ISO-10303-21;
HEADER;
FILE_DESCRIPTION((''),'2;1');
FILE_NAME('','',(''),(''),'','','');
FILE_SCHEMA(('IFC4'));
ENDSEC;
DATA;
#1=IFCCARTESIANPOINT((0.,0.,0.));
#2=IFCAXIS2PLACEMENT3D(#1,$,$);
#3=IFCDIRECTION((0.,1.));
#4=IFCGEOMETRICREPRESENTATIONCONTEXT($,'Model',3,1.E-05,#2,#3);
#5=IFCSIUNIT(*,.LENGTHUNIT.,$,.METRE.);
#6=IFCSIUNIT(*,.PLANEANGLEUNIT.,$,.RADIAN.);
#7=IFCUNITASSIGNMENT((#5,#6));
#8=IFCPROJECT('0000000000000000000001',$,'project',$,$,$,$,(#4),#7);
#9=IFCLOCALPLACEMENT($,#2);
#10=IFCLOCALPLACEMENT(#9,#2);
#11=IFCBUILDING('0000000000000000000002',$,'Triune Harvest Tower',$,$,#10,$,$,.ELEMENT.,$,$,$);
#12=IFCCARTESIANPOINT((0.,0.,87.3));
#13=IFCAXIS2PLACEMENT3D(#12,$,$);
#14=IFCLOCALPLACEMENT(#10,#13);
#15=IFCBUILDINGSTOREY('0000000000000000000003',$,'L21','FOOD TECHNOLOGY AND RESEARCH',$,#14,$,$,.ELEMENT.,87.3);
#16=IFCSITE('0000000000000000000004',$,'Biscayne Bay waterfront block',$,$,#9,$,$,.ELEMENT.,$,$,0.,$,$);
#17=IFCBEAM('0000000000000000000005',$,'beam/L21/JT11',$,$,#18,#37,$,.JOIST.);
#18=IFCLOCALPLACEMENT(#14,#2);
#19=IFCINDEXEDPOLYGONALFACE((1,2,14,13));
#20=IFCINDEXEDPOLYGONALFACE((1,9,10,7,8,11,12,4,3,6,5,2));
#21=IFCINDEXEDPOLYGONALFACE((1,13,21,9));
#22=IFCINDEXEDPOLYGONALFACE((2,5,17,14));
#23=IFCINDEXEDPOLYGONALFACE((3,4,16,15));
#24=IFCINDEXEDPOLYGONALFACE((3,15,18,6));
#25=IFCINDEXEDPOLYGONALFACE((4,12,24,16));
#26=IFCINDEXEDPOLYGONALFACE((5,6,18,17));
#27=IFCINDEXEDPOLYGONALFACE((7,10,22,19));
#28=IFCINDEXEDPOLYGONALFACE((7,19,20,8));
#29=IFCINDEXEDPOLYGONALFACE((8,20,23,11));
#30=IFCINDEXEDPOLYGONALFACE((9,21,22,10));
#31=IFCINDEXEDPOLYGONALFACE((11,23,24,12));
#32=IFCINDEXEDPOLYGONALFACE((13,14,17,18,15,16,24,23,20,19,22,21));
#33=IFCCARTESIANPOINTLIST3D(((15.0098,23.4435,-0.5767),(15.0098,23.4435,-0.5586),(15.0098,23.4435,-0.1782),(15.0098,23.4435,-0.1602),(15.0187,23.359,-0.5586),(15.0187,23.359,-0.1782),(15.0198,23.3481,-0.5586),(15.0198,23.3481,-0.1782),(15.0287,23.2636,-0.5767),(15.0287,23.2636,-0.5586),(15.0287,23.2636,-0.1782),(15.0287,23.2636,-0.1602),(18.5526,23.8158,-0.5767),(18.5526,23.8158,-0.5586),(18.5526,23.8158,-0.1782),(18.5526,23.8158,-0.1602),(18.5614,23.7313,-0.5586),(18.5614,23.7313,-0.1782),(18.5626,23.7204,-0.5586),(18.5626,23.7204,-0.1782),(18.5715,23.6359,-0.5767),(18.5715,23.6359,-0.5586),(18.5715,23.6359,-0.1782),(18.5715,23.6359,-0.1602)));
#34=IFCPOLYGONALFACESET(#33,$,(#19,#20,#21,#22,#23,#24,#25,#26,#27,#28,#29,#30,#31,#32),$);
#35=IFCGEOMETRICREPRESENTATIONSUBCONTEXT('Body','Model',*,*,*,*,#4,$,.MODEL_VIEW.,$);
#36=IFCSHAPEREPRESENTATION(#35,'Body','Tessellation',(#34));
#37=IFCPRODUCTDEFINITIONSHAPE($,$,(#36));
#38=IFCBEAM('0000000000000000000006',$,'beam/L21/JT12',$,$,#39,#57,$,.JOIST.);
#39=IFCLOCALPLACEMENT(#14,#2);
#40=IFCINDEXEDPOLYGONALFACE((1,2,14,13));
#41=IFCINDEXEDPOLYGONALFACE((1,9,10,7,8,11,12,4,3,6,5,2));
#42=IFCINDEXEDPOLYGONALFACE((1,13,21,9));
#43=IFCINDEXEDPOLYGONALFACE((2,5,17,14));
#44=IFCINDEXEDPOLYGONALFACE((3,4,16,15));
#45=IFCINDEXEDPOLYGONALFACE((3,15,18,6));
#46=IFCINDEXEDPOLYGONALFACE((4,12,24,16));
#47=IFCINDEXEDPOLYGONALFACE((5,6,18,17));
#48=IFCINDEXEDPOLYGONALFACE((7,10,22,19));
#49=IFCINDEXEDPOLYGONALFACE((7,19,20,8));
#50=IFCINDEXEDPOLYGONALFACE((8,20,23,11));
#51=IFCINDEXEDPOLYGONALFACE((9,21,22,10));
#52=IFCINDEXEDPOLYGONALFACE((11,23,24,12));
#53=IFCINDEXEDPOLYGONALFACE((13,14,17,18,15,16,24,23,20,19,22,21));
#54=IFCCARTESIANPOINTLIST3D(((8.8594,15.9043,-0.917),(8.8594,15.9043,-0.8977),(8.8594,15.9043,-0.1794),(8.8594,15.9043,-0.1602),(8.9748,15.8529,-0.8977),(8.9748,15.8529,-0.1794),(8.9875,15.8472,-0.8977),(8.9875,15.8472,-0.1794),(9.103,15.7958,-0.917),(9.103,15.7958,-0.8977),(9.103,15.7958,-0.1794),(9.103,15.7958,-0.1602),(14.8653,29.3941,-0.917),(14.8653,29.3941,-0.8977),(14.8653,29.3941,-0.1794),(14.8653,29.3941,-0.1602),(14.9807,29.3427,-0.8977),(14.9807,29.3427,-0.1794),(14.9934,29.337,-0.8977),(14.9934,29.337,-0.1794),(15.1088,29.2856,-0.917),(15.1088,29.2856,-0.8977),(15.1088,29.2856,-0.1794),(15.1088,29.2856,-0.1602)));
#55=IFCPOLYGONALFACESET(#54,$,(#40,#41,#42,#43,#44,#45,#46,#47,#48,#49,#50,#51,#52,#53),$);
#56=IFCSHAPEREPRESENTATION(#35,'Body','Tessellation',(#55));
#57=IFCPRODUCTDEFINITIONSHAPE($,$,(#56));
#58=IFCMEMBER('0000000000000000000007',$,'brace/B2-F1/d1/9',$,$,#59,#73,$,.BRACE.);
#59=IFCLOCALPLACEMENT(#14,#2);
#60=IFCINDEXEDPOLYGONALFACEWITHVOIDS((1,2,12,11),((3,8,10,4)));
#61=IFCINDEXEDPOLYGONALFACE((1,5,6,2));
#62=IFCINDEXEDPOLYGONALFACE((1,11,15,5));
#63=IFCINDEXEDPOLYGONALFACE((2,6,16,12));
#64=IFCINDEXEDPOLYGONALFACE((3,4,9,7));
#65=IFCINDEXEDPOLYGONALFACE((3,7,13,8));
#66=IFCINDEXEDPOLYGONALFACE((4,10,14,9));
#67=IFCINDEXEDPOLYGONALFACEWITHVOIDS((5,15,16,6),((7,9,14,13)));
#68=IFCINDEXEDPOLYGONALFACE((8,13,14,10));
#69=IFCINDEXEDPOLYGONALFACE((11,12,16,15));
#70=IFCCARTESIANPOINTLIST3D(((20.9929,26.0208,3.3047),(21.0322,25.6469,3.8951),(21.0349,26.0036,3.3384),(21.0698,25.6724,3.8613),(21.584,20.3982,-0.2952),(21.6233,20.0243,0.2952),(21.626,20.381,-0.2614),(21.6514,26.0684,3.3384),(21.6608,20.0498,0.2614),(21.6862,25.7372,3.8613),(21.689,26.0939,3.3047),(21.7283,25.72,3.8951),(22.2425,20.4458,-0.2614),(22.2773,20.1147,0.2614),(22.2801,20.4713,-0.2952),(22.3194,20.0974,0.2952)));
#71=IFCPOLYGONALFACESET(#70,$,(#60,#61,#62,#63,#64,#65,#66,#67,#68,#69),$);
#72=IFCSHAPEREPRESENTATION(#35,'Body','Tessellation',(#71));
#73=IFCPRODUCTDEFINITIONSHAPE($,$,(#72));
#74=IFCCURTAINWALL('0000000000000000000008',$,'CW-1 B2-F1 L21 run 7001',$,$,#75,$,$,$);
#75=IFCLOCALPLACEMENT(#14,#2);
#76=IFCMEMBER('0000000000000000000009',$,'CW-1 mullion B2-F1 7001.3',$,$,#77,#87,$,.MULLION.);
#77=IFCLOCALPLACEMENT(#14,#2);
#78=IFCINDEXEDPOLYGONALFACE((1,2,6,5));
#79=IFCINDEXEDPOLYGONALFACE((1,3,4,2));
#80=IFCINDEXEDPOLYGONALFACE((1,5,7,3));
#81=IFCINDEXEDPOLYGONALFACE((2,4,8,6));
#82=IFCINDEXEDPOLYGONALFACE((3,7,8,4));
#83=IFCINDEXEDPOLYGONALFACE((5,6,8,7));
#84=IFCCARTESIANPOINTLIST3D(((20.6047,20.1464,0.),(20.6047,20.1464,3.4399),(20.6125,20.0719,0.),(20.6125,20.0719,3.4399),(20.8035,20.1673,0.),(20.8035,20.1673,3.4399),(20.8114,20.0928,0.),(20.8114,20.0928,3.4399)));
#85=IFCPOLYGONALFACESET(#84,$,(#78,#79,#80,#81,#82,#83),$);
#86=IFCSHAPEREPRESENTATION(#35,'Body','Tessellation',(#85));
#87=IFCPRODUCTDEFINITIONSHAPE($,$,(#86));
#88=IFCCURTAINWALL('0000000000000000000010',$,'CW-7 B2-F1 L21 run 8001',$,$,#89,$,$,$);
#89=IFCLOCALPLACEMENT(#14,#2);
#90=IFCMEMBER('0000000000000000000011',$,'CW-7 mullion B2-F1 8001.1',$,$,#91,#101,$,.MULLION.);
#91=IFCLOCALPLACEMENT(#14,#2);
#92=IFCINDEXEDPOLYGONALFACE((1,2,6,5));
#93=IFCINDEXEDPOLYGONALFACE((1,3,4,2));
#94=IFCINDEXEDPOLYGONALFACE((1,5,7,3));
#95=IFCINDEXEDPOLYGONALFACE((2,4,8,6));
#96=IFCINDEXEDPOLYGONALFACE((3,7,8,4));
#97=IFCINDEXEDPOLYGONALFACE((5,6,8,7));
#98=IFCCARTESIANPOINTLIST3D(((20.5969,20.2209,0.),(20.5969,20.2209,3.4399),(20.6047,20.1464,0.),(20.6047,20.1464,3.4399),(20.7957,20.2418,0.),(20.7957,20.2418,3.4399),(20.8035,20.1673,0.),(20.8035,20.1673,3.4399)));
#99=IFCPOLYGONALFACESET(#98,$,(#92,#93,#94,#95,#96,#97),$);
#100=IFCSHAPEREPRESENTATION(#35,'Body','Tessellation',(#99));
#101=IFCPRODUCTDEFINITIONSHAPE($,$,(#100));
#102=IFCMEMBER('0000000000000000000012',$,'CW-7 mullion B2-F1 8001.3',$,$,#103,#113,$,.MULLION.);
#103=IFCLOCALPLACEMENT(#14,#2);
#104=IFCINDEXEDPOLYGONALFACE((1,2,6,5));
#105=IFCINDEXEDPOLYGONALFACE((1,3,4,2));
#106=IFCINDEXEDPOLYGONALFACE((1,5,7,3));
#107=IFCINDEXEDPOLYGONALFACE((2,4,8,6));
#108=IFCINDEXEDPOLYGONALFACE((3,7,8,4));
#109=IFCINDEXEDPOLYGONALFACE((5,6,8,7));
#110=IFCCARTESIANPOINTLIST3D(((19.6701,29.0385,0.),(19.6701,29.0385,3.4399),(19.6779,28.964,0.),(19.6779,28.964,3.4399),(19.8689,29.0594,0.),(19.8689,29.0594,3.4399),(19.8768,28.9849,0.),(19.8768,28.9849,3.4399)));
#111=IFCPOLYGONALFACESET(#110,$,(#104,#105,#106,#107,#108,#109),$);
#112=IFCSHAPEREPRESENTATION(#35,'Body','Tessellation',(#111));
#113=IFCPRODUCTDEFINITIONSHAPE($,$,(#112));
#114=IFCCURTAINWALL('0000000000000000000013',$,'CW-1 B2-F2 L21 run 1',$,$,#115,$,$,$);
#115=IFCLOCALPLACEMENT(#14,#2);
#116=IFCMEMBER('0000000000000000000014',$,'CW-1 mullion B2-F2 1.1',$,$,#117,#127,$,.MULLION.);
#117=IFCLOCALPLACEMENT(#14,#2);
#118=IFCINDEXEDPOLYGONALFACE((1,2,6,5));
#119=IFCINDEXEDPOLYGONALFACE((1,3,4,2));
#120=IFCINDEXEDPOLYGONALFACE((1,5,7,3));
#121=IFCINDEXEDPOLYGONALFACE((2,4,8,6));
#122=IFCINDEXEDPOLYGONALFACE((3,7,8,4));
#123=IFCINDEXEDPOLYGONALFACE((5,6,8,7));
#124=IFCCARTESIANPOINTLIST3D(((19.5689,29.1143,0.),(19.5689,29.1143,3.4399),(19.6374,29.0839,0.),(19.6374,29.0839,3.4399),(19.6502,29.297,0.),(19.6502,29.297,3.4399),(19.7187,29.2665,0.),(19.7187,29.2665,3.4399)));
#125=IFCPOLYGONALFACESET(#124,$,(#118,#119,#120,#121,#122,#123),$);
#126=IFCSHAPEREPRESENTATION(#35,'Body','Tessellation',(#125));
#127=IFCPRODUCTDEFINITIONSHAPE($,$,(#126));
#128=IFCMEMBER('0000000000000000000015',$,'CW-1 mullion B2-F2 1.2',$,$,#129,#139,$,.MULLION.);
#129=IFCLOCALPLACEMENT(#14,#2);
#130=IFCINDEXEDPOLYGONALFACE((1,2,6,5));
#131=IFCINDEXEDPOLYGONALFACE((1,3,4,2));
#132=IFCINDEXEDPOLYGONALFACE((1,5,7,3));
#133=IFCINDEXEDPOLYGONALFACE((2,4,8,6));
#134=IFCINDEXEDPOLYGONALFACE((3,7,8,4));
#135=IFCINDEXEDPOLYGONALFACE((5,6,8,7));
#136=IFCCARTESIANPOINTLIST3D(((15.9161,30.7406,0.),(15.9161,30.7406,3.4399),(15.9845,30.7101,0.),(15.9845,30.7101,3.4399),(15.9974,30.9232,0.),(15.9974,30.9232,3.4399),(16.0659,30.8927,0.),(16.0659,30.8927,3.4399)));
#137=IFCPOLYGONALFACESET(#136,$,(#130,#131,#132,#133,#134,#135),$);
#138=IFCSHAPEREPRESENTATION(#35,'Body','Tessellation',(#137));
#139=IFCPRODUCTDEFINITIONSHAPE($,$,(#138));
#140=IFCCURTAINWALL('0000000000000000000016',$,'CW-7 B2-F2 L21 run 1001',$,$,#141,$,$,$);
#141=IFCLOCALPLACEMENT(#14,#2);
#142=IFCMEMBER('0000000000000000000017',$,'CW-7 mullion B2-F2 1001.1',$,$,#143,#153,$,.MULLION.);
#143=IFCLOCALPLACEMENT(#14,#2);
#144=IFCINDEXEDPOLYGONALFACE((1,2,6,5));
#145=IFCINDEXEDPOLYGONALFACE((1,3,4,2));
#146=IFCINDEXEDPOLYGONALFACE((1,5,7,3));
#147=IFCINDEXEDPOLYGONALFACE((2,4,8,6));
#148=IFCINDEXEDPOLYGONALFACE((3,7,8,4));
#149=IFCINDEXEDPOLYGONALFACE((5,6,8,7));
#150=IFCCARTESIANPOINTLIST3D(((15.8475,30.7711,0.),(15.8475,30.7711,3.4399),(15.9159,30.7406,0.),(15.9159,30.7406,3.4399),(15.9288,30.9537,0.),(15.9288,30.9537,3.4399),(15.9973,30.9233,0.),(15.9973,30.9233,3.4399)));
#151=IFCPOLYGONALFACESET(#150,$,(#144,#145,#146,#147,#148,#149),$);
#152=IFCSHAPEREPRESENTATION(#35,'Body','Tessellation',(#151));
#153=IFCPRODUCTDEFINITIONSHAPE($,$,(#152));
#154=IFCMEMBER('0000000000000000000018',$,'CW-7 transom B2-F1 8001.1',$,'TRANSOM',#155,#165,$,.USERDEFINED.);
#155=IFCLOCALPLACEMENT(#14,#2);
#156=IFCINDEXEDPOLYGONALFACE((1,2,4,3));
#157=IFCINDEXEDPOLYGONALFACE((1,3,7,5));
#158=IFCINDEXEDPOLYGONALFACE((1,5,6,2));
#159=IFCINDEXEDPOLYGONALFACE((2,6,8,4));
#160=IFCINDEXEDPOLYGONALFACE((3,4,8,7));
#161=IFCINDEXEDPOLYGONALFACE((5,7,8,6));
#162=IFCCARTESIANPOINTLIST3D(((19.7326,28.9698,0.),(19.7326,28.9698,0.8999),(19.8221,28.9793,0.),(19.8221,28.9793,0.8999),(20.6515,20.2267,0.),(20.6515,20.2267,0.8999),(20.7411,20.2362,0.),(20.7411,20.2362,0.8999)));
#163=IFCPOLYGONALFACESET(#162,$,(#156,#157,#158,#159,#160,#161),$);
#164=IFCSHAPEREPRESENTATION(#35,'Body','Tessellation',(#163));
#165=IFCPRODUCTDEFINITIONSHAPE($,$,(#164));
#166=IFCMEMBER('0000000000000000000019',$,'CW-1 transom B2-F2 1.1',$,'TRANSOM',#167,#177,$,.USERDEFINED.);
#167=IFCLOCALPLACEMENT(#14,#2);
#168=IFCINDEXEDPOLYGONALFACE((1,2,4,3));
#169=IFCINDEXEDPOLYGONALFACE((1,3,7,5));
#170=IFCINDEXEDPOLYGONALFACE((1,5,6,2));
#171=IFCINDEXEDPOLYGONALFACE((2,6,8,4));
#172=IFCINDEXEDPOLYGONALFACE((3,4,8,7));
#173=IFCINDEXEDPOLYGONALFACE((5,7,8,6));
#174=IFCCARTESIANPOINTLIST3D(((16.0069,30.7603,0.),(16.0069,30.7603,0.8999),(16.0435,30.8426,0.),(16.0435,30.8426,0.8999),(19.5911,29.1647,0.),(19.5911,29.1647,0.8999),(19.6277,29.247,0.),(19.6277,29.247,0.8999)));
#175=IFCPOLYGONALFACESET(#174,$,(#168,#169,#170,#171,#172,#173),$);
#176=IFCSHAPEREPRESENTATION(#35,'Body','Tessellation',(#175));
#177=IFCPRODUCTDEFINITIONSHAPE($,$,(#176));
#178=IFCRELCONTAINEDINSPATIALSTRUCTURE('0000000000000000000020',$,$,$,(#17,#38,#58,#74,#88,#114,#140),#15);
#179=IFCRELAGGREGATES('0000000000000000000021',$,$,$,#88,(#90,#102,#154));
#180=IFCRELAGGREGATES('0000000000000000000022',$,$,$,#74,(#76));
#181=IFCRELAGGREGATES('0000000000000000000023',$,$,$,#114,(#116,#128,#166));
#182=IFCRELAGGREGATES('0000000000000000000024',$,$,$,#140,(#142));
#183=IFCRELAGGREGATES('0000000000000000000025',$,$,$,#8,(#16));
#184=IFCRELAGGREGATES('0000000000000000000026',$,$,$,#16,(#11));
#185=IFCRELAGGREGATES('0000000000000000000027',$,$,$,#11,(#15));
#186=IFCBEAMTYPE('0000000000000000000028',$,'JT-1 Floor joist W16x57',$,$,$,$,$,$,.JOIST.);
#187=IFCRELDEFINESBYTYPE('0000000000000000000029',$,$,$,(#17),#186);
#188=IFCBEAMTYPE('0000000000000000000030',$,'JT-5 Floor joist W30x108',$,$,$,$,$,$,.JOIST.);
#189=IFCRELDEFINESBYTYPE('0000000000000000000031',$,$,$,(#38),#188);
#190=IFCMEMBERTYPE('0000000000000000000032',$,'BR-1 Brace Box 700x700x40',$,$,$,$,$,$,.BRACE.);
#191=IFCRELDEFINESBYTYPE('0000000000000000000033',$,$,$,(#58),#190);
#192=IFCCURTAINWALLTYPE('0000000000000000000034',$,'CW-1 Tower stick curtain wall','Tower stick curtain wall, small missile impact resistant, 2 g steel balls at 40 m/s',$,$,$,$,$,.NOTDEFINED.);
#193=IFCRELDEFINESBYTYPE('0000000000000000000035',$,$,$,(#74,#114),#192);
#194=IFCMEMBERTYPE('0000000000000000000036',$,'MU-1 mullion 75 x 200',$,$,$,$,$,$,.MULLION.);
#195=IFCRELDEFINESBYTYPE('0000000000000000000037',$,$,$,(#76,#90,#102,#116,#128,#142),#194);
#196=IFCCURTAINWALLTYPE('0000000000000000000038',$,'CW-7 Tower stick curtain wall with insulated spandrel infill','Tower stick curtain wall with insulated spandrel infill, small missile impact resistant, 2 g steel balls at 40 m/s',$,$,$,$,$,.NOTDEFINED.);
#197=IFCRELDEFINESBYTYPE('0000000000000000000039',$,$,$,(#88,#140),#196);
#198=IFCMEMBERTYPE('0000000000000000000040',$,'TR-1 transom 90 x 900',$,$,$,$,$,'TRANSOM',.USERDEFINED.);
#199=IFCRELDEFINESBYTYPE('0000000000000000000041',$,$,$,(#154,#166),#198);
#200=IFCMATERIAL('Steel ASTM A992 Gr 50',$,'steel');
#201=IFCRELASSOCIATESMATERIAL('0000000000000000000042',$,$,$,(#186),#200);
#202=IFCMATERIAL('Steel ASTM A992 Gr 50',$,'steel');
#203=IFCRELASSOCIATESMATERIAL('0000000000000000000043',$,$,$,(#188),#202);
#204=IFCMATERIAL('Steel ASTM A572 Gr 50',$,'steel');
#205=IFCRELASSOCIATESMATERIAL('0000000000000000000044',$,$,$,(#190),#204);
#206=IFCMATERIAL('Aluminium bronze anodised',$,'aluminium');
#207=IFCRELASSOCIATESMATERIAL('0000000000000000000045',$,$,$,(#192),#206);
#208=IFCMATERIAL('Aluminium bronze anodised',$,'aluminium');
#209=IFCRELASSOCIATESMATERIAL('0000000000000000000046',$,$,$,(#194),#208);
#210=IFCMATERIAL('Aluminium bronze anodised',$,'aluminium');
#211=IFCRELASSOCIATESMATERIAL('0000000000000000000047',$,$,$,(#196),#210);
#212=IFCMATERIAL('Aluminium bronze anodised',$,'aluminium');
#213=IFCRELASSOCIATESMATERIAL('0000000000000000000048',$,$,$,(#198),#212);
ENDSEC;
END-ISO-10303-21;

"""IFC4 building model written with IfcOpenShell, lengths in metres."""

from ifc_helpers import new_model, si_unit, direction, frame, origin, origin_2d, place, context, subcontext, project, spatial, rectangle, hollow_rectangle, i_section, extrude, source, transform, mapped, material, material_profile, profile_set, type_object, element, aggregate, save


model = new_model("IFC4")

# Units and contexts
model_context = context("Model", 3, precision=1e-05, world=origin(), true_north=direction((0.0, 1.0)))
body_context = subcontext(model_context, "Body", "Model", "MODEL_VIEW")
ifc_project = project(units=[si_unit("LENGTHUNIT", "METRE"), si_unit("PLANEANGLEUNIT", "RADIAN")], contexts=[model_context])

# Site, building, storey
site_placement = place(None, origin())
site = spatial("IfcSite", under=ifc_project, at=site_placement, Name="Biscayne Bay waterfront block", CompositionType="ELEMENT", RefElevation=0.0)
building_placement = place(site_placement, origin())
building = spatial("IfcBuilding", under=site, at=building_placement, Name="Triune Harvest Tower", CompositionType="ELEMENT")
storey_placement = place(building_placement, frame((0.0, 0.0, 87.3)))
storey = spatial("IfcBuildingStorey", under=building, at=storey_placement, Name="L21", Description="FOOD TECHNOLOGY AND RESEARCH", CompositionType="ELEMENT", Elevation=87.3)

# Beams
ifc_material_1 = material(Name="Steel ASTM A992 Gr 50", Category="steel")
ifc_material_profile_1 = material_profile(ifc_material_1, i_section(OverallWidth=0.1809, OverallDepth=0.4165, WebThickness=0.011, FlangeThickness=0.0181, at=origin_2d()), Name="W16x57")
ifc_profile_set_1 = profile_set([ifc_material_profile_1], Name="Steel ASTM A992 Gr 50")
beam_type_1 = type_object("IfcBeamType", Name="JT-1 Floor joist W16x57", PredefinedType="JOIST", material=ifc_profile_set_1)
shared_shape_1 = source(origin(), body_context, "Body", "SweptSolid", [
    extrude(i_section(OverallWidth=0.1809, OverallDepth=0.4165, WebThickness=0.011, FlangeThickness=0.0181, at=origin_2d()), origin(), (0.0, 0.0, 1.0), 3.5623),
])
beam_1_placement = place(storey_placement, frame((18.562, 23.7258, -0.3684), z_axis=(-0.994523, -0.104517, 0.0), x_axis=(0.104517, -0.994523, 0.0)))
element("IfcBeam", 1, at=beam_1_placement, inside=storey, type_object=beam_type_1, Name="beam/L21/JT11", PredefinedType="JOIST", context=body_context, shape_type="MappedRepresentation", body=[
    mapped(shared_shape_1, transform((0.0, 0.0, 0.0), scale=1.0)),
])
ifc_material_2 = material(Name="Steel ASTM A992 Gr 50", Category="steel")
ifc_material_profile_2 = material_profile(ifc_material_2, i_section(OverallWidth=0.2666, OverallDepth=0.7568, WebThickness=0.0139, FlangeThickness=0.0193, at=origin_2d()), Name="W30x108")
ifc_profile_set_2 = profile_set([ifc_material_profile_2], Name="Steel ASTM A992 Gr 50")
beam_type_2 = type_object("IfcBeamType", Name="JT-5 Floor joist W30x108", PredefinedType="JOIST", material=ifc_profile_set_2)
shared_shape_2 = source(origin(), body_context, "Body", "SweptSolid", [
    extrude(i_section(OverallWidth=0.2666, OverallDepth=0.7568, WebThickness=0.0139, FlangeThickness=0.0193, at=origin_2d()), origin(), (0.0, 0.0, 1.0), 14.7664),
])
beam_2_placement = place(storey_placement, frame((14.9871, 29.3398, -0.5386), z_axis=(-0.406727, -0.91355, 0.0), x_axis=(0.91355, -0.406727, 0.0)))
element("IfcBeam", 2, at=beam_2_placement, inside=storey, type_object=beam_type_2, Name="beam/L21/JT12", PredefinedType="JOIST", context=body_context, shape_type="MappedRepresentation", body=[
    mapped(shared_shape_2, transform((0.0, 0.0, 0.0), scale=1.0)),
])

# Member
ifc_material_3 = material(Name="Steel ASTM A572 Gr 50", Category="steel")
ifc_material_profile_3 = material_profile(ifc_material_3, hollow_rectangle(XDim=0.7, YDim=0.7, WallThickness=0.04, at=origin_2d()), Name="Box 700x700x40")
ifc_profile_set_3 = profile_set([ifc_material_profile_3], Name="Steel ASTM A572 Gr 50")
member_type_1 = type_object("IfcMemberType", Name="BR-1 Brace Box 700x700x40", PredefinedType="BRACE", material=ifc_profile_set_3)
shared_shape_3 = source(origin(), body_context, "Body", "SweptSolid", [
    extrude(hollow_rectangle(XDim=0.7, YDim=0.7, WallThickness=0.04, at=origin_2d()), origin(), (0.0, 0.0, 1.0), 6.7024),
])
member_1_placement = place(storey_placement, frame((21.9517, 20.2478, 0.0), z_axis=(-0.088188, 0.838894, 0.537103), x_axis=(-0.99452, -0.104548, 0.0)))
element("IfcMember", 3, at=member_1_placement, inside=storey, type_object=member_type_1, Name="brace/B2-F1/d1/9", PredefinedType="BRACE", context=body_context, shape_type="MappedRepresentation", body=[
    mapped(shared_shape_3, transform((0.0, 0.0, 0.0), scale=1.0)),
])

# Curtain wall, member
ifc_material_4 = material(Name="Aluminium bronze anodised", Category="aluminium")
curtain_wall_type_1 = type_object("IfcCurtainWallType", Name="CW-1 Tower stick curtain wall", Description="Tower stick curtain wall, small missile impact resistant, 2 g steel balls at 40 m/s", PredefinedType="NOTDEFINED", material=ifc_material_4)
curtain_wall_1_placement = place(storey_placement, origin())
curtain_wall_1 = element("IfcCurtainWall", 4, at=curtain_wall_1_placement, inside=storey, type_object=curtain_wall_type_1, Name="CW-1 B2-F1 L21 run 7001")
ifc_material_5 = material(Name="Aluminium bronze anodised", Category="aluminium")
ifc_material_profile_4 = material_profile(ifc_material_5, rectangle(XDim=0.2, YDim=0.075, at=origin_2d()), Name="MU-1 mullion 75 x 200")
ifc_profile_set_4 = profile_set([ifc_material_profile_4], Name="Aluminium bronze anodised")
member_type_2 = type_object("IfcMemberType", Name="MU-1 mullion 75 x 200", PredefinedType="MULLION", material=ifc_profile_set_4)
shared_shape_4 = source(origin(), body_context, "Body", "SweptSolid", [
    extrude(rectangle(XDim=0.2, YDim=0.075, at=origin_2d()), origin(), (0.0, 0.0, 1.0), 3.4399),
])
member_2_placement = place(storey_placement, frame((20.708, 20.1196, 0.0), z_axis=(0.0, 0.0, 1.0), x_axis=(-0.994522, -0.104528, 0.0)))
member_2 = element("IfcMember", 5, at=member_2_placement, type_object=member_type_2, Name="CW-1 mullion B2-F1 7001.3", PredefinedType="MULLION", context=body_context, shape_type="MappedRepresentation", body=[
    mapped(shared_shape_4, transform((0.0, 0.0, 0.0), scale=1.0)),
])

# Curtain walls, members
ifc_material_6 = material(Name="Aluminium bronze anodised", Category="aluminium")
curtain_wall_type_2 = type_object("IfcCurtainWallType", Name="CW-7 Tower stick curtain wall with insulated spandrel infill", Description="Tower stick curtain wall with insulated spandrel infill, small missile impact resistant, 2 g steel balls at 40 m/s", PredefinedType="NOTDEFINED", material=ifc_material_6)
curtain_wall_2_placement = place(storey_placement, origin())
curtain_wall_2 = element("IfcCurtainWall", 6, at=curtain_wall_2_placement, inside=storey, type_object=curtain_wall_type_2, Name="CW-7 B2-F1 L21 run 8001")
member_3_placement = place(storey_placement, frame((20.7002, 20.1941, 0.0), z_axis=(0.0, 0.0, 1.0), x_axis=(-0.994522, -0.104527, 0.0)))
member_3 = element("IfcMember", 7, at=member_3_placement, type_object=member_type_2, Name="CW-7 mullion B2-F1 8001.1", PredefinedType="MULLION", context=body_context, shape_type="MappedRepresentation", body=[
    mapped(shared_shape_4, transform((0.0, 0.0, 0.0), scale=1.0)),
])
member_4_placement = place(storey_placement, frame((19.7734, 29.0117, 0.0), z_axis=(0.0, 0.0, 1.0), x_axis=(-0.994522, -0.104527, 0.0)))
member_4 = element("IfcMember", 8, at=member_4_placement, type_object=member_type_2, Name="CW-7 mullion B2-F1 8001.3", PredefinedType="MULLION", context=body_context, shape_type="MappedRepresentation", body=[
    mapped(shared_shape_4, transform((0.0, 0.0, 0.0), scale=1.0)),
])
curtain_wall_3_placement = place(storey_placement, origin())
curtain_wall_3 = element("IfcCurtainWall", 9, at=curtain_wall_3_placement, inside=storey, type_object=curtain_wall_type_1, Name="CW-1 B2-F2 L21 run 1")
member_5_placement = place(storey_placement, frame((19.6438, 29.1904, 0.0), z_axis=(0.0, 0.0, 1.0), x_axis=(-0.406731, -0.913548, 0.0)))
member_5 = element("IfcMember", 10, at=member_5_placement, type_object=member_type_2, Name="CW-1 mullion B2-F2 1.1", PredefinedType="MULLION", context=body_context, shape_type="MappedRepresentation", body=[
    mapped(shared_shape_4, transform((0.0, 0.0, 0.0), scale=1.0)),
])
member_6_placement = place(storey_placement, frame((15.991, 30.8167, 0.0), z_axis=(0.0, 0.0, 1.0), x_axis=(-0.406731, -0.913548, 0.0)))
member_6 = element("IfcMember", 11, at=member_6_placement, type_object=member_type_2, Name="CW-1 mullion B2-F2 1.2", PredefinedType="MULLION", context=body_context, shape_type="MappedRepresentation", body=[
    mapped(shared_shape_4, transform((0.0, 0.0, 0.0), scale=1.0)),
])

# Curtain wall, member
curtain_wall_4_placement = place(storey_placement, origin())
curtain_wall_4 = element("IfcCurtainWall", 12, at=curtain_wall_4_placement, inside=storey, type_object=curtain_wall_type_2, Name="CW-7 B2-F2 L21 run 1001")
member_7_placement = place(storey_placement, frame((15.9224, 30.8472, 0.0), z_axis=(0.0, 0.0, 1.0), x_axis=(-0.406735, -0.913546, 0.0)))
member_7 = element("IfcMember", 13, at=member_7_placement, type_object=member_type_2, Name="CW-7 mullion B2-F2 1001.1", PredefinedType="MULLION", context=body_context, shape_type="MappedRepresentation", body=[
    mapped(shared_shape_4, transform((0.0, 0.0, 0.0), scale=1.0)),
])

# Members
ifc_material_7 = material(Name="Aluminium bronze anodised", Category="aluminium")
ifc_material_profile_5 = material_profile(ifc_material_7, rectangle(XDim=0.0901, YDim=0.8999, at=origin_2d()), Name="TR-1 transom 90 x 900")
ifc_profile_set_5 = profile_set([ifc_material_profile_5], Name="Aluminium bronze anodised")
member_type_3 = type_object("IfcMemberType", Name="TR-1 transom 90 x 900", ElementType="TRANSOM", PredefinedType="USERDEFINED", material=ifc_profile_set_5)
shared_shape_5 = source(origin(), body_context, "Body", "SweptSolid", [
    extrude(rectangle(XDim=0.0901, YDim=0.8999, at=origin_2d()), origin(), (0.0, 0.0, 1.0), 8.7913),
])
member_8_placement = place(storey_placement, frame((20.6963, 20.2314, 0.45), z_axis=(-0.104529, 0.994522, 0.0), x_axis=(-0.994522, -0.104529, 0.0)))
member_8 = element("IfcMember", 14, at=member_8_placement, type_object=member_type_3, Name="CW-7 transom B2-F1 8001.1", ObjectType="TRANSOM", PredefinedType="USERDEFINED", context=body_context, shape_type="MappedRepresentation", body=[
    mapped(shared_shape_5, transform((0.0, 0.0, 0.0), scale=1.0)),
])
shared_shape_6 = source(origin(), body_context, "Body", "SweptSolid", [
    extrude(rectangle(XDim=0.0901, YDim=0.8999, at=origin_2d()), origin(), (0.0, 0.0, 1.0), 3.9233),
])
member_9_placement = place(storey_placement, frame((19.6094, 29.2058, 0.45), z_axis=(-0.913555, 0.406716, 0.0), x_axis=(-0.406716, -0.913555, 0.0)))
member_9 = element("IfcMember", 15, at=member_9_placement, type_object=member_type_3, Name="CW-1 transom B2-F2 1.1", ObjectType="TRANSOM", PredefinedType="USERDEFINED", context=body_context, shape_type="MappedRepresentation", body=[
    mapped(shared_shape_6, transform((0.0, 0.0, 0.0), scale=1.0)),
])

aggregate(curtain_wall_2, [member_3, member_4, member_8])
aggregate(curtain_wall_1, [member_2])
aggregate(curtain_wall_3, [member_5, member_6, member_9])
aggregate(curtain_wall_4, [member_7])

save(model, "model.ifc")
